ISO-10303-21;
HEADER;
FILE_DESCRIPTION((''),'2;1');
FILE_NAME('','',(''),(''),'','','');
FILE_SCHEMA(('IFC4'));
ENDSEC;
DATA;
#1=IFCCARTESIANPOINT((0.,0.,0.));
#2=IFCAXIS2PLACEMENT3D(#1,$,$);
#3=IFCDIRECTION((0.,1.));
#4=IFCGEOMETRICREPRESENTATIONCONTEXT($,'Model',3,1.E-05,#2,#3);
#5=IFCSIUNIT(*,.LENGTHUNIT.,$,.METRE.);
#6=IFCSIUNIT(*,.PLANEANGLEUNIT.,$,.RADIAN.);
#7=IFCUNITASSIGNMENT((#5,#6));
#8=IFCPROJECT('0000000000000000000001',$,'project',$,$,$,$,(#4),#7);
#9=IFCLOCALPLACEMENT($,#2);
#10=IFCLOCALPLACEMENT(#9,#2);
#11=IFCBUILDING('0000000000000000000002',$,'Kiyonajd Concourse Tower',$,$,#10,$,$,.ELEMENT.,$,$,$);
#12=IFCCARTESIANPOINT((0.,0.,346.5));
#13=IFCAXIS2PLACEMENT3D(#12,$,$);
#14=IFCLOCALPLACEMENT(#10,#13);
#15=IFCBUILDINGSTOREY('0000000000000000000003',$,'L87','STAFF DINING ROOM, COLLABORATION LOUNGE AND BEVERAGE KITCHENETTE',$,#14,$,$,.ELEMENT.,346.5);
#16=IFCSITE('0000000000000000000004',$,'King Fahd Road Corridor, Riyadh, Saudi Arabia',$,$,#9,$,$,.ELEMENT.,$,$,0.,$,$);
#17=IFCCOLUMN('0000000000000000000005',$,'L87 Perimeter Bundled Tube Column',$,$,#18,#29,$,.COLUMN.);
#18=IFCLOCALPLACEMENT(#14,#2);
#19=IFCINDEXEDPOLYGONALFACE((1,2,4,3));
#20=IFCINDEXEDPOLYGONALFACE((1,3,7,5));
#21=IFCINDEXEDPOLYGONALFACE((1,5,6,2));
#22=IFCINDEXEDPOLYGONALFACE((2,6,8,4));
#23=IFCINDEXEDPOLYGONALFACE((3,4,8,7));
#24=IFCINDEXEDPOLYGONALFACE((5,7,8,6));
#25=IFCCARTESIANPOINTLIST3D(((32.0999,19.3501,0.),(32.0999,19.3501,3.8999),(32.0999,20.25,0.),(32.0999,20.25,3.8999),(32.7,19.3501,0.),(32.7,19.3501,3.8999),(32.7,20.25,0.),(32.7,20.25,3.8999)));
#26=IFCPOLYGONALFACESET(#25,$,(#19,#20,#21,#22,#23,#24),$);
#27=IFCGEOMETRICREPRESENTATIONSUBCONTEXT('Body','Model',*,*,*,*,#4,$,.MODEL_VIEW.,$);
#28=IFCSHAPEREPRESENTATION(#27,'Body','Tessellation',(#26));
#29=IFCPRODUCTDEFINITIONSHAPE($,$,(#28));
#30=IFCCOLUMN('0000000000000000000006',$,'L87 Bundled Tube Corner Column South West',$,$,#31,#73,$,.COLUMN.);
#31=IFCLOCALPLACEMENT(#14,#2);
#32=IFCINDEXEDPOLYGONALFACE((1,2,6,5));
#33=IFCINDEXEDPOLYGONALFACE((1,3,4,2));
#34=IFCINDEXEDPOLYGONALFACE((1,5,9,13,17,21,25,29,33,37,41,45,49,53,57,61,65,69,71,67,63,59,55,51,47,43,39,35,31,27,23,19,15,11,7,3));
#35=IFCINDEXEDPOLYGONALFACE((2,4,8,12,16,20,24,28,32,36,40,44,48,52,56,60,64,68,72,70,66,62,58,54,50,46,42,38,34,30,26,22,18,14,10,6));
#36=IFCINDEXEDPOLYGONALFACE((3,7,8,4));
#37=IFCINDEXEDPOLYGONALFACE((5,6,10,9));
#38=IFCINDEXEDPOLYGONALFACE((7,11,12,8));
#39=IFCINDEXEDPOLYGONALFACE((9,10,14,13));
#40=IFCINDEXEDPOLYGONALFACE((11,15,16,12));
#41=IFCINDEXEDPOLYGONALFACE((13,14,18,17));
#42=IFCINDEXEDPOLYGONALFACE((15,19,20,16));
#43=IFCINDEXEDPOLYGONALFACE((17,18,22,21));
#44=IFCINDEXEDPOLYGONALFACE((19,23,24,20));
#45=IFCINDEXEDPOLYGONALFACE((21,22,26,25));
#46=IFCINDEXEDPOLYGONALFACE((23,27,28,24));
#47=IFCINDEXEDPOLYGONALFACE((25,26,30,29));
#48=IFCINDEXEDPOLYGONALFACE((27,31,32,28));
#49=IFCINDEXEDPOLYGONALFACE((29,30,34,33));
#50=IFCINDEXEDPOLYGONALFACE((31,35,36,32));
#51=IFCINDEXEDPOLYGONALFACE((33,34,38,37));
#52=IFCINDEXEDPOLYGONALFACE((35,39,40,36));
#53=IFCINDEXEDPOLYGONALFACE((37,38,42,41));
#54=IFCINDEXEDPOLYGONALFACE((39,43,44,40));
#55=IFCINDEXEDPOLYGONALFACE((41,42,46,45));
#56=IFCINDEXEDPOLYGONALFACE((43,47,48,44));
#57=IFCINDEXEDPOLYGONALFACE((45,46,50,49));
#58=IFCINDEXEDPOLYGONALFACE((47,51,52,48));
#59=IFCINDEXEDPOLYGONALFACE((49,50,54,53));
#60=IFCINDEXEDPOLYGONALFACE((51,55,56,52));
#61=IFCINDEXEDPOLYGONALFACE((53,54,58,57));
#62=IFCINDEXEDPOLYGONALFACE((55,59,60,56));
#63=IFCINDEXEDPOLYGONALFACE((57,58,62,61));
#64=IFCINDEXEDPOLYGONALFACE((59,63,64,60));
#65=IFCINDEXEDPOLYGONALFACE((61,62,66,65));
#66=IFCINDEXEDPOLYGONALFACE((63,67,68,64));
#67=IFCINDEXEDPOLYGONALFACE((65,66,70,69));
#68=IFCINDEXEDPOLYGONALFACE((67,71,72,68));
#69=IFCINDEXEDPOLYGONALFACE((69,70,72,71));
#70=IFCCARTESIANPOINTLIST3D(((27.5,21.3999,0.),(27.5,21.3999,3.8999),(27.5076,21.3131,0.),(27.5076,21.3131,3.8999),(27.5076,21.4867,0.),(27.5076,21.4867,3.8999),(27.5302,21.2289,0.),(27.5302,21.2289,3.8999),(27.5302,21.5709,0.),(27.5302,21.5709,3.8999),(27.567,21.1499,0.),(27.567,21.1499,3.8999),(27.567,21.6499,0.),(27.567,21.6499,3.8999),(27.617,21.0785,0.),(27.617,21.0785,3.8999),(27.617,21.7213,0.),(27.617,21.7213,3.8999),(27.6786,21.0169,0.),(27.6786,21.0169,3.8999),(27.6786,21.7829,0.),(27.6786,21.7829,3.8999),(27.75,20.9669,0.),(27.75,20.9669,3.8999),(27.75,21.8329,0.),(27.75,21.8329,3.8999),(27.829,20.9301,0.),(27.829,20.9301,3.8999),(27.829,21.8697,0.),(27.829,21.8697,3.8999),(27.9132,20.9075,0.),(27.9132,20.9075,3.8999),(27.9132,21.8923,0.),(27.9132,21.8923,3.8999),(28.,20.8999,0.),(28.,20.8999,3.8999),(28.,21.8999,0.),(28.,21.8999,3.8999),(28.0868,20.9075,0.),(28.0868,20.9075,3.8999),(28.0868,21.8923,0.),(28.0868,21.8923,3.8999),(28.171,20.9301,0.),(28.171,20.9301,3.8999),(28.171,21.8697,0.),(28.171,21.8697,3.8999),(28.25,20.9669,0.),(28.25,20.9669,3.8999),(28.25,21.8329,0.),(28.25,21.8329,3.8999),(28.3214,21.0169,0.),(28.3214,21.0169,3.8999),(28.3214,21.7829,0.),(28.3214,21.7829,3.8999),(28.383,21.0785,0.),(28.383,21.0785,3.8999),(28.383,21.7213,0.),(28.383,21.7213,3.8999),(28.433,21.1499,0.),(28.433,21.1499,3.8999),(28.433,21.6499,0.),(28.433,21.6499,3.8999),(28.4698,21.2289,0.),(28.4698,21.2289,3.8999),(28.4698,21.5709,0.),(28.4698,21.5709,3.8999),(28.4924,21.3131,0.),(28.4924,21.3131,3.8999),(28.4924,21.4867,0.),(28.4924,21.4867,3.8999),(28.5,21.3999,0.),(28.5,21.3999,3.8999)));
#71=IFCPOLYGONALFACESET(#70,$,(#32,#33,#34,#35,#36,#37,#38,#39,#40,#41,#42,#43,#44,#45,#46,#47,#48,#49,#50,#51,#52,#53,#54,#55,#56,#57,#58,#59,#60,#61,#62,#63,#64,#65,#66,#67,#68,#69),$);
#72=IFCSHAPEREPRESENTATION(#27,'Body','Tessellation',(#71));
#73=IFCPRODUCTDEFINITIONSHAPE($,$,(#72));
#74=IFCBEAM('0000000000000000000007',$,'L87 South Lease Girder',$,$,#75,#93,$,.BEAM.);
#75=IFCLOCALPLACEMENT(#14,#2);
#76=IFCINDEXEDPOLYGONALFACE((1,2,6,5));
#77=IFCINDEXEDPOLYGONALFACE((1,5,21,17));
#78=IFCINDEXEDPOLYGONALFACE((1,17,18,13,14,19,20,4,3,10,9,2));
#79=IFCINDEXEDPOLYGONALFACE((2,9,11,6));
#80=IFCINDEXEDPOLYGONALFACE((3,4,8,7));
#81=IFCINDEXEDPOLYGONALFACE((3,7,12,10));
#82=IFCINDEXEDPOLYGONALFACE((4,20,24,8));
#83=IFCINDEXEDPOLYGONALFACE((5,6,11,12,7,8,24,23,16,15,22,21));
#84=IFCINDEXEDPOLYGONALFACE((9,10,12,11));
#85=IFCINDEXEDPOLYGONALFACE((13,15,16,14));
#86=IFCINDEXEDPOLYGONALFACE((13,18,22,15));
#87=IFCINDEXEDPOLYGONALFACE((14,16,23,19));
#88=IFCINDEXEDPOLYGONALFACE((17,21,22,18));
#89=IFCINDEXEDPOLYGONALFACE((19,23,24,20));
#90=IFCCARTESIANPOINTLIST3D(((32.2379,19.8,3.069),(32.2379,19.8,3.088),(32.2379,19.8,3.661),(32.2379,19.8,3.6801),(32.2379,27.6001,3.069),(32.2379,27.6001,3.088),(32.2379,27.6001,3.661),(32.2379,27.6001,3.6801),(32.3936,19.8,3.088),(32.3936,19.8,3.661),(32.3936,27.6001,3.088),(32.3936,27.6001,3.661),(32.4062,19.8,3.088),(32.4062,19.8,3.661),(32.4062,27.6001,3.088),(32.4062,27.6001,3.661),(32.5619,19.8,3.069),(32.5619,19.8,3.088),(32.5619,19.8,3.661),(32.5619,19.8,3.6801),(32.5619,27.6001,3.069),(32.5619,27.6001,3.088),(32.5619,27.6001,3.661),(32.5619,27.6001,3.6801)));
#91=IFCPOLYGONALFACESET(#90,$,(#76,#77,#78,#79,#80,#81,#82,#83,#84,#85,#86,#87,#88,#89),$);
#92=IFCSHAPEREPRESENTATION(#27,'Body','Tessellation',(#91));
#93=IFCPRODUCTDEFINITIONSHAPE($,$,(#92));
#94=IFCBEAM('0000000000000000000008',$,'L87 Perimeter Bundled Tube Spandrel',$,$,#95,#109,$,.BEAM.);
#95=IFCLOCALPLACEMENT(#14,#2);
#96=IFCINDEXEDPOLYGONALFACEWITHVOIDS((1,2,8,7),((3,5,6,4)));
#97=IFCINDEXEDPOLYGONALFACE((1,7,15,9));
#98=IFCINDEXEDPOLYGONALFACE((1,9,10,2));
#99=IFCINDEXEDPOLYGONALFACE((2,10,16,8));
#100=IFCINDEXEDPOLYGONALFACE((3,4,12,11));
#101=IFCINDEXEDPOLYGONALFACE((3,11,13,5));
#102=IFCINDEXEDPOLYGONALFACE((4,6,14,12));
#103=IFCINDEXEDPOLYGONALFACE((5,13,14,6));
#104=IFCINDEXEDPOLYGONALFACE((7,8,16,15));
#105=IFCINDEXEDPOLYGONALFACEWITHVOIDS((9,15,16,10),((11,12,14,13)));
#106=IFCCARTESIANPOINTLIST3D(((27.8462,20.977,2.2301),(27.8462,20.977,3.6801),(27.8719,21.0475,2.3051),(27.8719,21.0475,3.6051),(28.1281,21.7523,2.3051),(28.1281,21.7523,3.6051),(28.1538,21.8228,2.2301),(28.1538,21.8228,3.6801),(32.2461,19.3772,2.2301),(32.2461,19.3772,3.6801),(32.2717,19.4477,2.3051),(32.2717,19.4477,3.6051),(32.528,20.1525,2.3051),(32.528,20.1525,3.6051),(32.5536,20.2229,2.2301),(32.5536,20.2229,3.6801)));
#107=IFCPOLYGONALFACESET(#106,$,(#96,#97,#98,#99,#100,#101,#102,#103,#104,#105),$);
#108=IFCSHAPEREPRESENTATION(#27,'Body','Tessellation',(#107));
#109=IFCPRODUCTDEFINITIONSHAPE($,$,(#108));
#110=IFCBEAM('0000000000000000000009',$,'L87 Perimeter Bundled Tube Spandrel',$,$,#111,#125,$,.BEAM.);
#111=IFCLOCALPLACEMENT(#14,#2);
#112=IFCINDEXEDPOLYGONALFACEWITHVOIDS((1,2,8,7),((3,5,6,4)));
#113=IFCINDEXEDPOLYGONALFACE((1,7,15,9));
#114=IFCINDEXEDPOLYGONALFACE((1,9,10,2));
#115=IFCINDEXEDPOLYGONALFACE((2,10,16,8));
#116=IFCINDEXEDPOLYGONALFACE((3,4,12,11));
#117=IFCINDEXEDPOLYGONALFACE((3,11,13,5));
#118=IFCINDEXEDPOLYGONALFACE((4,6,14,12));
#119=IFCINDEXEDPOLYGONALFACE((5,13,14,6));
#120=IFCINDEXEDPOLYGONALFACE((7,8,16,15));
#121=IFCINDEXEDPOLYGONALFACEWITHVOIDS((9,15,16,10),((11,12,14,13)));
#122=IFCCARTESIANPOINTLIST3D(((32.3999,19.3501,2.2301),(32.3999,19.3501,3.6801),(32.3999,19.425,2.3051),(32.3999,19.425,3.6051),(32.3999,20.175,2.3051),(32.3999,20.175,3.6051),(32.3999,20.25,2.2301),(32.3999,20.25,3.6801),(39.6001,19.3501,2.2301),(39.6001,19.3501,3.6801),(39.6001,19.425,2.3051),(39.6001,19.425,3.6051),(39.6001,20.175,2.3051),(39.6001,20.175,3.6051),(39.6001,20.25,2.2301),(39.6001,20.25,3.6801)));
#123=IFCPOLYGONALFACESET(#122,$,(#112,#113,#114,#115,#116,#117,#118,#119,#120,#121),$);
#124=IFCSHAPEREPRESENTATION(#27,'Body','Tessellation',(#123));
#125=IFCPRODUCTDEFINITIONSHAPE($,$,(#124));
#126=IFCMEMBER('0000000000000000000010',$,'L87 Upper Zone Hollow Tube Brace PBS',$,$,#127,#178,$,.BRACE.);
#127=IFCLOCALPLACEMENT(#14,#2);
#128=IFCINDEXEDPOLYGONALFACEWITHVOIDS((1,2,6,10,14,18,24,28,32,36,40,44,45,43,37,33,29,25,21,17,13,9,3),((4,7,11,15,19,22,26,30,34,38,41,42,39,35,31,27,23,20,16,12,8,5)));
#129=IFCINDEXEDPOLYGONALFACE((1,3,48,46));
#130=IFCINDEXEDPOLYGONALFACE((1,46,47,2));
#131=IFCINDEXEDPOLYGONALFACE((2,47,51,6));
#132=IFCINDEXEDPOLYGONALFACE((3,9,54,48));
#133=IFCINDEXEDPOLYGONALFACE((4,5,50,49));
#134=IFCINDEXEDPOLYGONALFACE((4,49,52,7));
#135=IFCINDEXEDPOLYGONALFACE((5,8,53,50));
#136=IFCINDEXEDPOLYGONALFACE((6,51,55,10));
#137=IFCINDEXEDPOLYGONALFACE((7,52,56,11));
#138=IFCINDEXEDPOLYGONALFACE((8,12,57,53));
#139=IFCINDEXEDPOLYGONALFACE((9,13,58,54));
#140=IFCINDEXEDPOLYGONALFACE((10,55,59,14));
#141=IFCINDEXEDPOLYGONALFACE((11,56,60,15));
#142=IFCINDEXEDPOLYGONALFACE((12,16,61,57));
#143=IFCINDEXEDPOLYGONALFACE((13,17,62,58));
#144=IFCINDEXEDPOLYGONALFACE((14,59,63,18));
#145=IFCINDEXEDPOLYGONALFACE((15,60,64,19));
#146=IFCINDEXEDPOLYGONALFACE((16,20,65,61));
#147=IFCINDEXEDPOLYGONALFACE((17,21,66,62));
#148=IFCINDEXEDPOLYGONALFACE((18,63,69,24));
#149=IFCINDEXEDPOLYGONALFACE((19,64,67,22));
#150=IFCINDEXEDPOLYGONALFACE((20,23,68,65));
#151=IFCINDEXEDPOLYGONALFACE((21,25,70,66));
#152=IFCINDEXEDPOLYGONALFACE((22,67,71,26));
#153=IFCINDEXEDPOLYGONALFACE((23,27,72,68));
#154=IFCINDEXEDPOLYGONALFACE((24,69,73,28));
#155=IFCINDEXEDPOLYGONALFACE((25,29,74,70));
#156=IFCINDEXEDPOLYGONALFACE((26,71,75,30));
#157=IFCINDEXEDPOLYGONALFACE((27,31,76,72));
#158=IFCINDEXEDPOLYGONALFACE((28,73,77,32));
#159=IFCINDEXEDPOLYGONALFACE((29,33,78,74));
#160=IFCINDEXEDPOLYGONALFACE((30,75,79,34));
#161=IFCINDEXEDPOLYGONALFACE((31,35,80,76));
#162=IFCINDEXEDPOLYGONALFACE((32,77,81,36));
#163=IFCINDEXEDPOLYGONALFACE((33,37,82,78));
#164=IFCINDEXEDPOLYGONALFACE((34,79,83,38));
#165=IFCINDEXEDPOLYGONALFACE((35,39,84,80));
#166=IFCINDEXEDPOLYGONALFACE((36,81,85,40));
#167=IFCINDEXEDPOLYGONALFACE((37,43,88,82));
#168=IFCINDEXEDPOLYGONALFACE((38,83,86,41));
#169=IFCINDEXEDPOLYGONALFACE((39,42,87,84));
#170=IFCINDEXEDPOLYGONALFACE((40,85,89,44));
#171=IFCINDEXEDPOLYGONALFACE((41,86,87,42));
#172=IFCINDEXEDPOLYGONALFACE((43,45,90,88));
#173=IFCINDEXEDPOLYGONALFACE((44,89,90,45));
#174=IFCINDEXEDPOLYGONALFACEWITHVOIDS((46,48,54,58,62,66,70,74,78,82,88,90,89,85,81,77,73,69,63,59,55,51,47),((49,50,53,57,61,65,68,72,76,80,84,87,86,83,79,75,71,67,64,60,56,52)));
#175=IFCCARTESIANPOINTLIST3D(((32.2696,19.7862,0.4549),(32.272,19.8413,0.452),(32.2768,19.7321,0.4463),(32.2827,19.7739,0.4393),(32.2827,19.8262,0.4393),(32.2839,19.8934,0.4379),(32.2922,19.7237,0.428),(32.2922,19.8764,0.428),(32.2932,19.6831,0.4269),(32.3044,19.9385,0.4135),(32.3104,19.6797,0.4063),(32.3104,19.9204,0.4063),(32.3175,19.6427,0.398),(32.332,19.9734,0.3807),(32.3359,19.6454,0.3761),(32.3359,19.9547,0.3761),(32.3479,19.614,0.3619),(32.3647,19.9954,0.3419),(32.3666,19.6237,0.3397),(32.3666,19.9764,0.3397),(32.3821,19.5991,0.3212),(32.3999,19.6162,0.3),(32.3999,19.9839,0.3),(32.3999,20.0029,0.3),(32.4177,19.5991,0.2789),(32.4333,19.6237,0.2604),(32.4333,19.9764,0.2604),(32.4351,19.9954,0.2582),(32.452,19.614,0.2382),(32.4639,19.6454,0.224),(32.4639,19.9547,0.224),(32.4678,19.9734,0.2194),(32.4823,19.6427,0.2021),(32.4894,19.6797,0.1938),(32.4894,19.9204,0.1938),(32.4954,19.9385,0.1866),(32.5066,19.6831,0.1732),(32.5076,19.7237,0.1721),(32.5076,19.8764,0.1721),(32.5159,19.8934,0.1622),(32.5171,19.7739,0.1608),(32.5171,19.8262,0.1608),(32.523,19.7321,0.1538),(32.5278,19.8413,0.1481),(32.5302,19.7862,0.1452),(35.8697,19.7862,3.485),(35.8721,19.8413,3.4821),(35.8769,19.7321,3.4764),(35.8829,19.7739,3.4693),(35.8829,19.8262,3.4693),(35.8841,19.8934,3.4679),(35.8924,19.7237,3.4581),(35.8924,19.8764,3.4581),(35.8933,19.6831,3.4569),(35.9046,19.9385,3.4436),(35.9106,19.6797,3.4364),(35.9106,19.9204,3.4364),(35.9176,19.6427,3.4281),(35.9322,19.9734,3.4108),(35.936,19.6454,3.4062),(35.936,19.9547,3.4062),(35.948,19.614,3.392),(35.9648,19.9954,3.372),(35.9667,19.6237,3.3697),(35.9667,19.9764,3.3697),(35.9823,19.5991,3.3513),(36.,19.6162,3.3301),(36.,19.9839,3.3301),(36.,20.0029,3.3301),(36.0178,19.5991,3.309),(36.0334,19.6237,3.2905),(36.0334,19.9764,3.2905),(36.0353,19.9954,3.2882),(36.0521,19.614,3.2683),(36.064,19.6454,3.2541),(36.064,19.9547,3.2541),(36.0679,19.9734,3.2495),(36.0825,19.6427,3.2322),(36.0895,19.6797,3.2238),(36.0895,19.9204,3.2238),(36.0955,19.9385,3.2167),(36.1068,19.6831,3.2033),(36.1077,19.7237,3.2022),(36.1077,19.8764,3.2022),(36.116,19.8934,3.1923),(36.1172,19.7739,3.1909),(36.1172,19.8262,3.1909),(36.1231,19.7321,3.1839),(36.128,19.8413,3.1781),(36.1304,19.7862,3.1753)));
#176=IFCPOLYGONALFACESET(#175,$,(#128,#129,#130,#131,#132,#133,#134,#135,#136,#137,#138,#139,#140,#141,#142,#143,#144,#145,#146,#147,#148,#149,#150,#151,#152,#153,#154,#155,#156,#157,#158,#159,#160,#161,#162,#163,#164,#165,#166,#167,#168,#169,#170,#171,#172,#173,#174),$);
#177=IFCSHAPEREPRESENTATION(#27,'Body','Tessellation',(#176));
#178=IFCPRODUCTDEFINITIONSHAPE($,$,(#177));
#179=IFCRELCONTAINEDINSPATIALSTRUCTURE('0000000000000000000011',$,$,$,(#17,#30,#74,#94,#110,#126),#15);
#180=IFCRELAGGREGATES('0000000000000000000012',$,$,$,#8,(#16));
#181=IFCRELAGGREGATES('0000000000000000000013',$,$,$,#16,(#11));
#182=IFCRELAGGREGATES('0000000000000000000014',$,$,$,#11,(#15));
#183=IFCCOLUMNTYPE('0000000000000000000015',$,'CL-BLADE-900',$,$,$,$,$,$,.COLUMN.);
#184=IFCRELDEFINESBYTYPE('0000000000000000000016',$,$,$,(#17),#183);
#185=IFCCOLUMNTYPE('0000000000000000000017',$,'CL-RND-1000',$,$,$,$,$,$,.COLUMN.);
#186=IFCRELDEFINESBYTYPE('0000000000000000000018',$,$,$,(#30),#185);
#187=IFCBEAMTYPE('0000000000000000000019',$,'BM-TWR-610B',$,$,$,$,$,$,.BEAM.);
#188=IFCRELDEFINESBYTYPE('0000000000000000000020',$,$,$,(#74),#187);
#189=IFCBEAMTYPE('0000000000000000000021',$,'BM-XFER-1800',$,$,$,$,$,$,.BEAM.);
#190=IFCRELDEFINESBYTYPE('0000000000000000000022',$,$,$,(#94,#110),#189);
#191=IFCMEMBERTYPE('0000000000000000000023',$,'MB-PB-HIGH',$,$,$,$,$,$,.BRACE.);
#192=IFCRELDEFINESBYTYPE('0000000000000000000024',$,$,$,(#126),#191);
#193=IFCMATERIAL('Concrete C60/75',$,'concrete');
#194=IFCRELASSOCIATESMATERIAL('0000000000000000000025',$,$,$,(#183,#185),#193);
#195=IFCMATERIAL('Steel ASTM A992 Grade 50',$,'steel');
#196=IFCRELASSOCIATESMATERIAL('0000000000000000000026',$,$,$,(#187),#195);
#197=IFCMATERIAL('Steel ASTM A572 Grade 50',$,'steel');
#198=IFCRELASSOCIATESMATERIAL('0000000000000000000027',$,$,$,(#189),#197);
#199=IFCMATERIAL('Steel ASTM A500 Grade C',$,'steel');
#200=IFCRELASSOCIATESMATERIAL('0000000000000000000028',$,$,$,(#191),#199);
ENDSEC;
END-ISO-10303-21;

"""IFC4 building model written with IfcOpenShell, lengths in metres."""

from ifc_helpers import new_model, si_unit, direction, frame, origin, origin_2d, place, context, subcontext, project, spatial, rectangle, hollow_rectangle, circle, hollow_circle, i_section, extrude, material, material_profile, profile_set, type_object, element, save


model = new_model("IFC4")

# Units and contexts
model_context = context("Model", 3, precision=1e-05, world=origin(), true_north=direction((0.0, 1.0)))
body_context = subcontext(model_context, "Body", "Model", "MODEL_VIEW")
ifc_project = project(units=[si_unit("LENGTHUNIT", "METRE"), si_unit("PLANEANGLEUNIT", "RADIAN")], contexts=[model_context])

# Site, building, storey
site_placement = place(None, origin())
site = spatial("IfcSite", under=ifc_project, at=site_placement, Name="King Fahd Road Corridor, Riyadh, Saudi Arabia", CompositionType="ELEMENT", RefElevation=0.0)
building_placement = place(site_placement, origin())
building = spatial("IfcBuilding", under=site, at=building_placement, Name="Kiyonajd Concourse Tower", CompositionType="ELEMENT")
storey_placement = place(building_placement, frame((0.0, 0.0, 346.5)))
storey = spatial("IfcBuildingStorey", under=building, at=storey_placement, Name="L87", Description="STAFF DINING ROOM, COLLABORATION LOUNGE AND BEVERAGE KITCHENETTE", CompositionType="ELEMENT", Elevation=346.5)

# Columns
ifc_material_1 = material(Name="Concrete C60/75", Category="concrete")
ifc_material_profile_1 = material_profile(ifc_material_1, rectangle(XDim=0.6001, YDim=0.8999, at=origin_2d()), Name="RC-900x600")
ifc_profile_set_1 = profile_set([ifc_material_profile_1], Name="Concrete C60/75")
column_type_1 = type_object("IfcColumnType", Name="CL-BLADE-900", PredefinedType="COLUMN", material=ifc_profile_set_1)
column_1_placement = place(storey_placement, frame((32.3999, 19.8, 0.0), z_axis=(0.0, 0.0, 1.0), x_axis=(1.0, 0.0, 0.0)))
element("IfcColumn", 1, at=column_1_placement, inside=storey, type_object=column_type_1, Name="L87 Perimeter Bundled Tube Column", PredefinedType="COLUMN", context=body_context, shape_type="SweptSolid", body=[
    extrude(rectangle(XDim=0.6001, YDim=0.8999, at=origin_2d()), origin(), (0.0, 0.0, 1.0), 3.8999),
])
ifc_material_profile_2 = material_profile(ifc_material_1, circle(Radius=0.5, at=origin_2d()), Name="RCC-D1000")
ifc_profile_set_2 = profile_set([ifc_material_profile_2], Name="Concrete C60/75")
column_type_2 = type_object("IfcColumnType", Name="CL-RND-1000", PredefinedType="COLUMN", material=ifc_profile_set_2)
column_2_placement = place(storey_placement, frame((28.0, 21.3999, 0.0), z_axis=(0.0, 0.0, 1.0), x_axis=(1.0, 0.0, 0.0)))
element("IfcColumn", 2, at=column_2_placement, inside=storey, type_object=column_type_2, Name="L87 Bundled Tube Corner Column South West", PredefinedType="COLUMN", context=body_context, shape_type="SweptSolid", body=[
    extrude(circle(Radius=0.5, at=origin_2d()), origin(), (0.0, 0.0, 1.0), 3.8999),
])

# Beams
ifc_material_2 = material(Name="Steel ASTM A992 Grade 50", Category="steel")
ifc_material_profile_3 = material_profile(ifc_material_2, i_section(OverallWidth=0.324, OverallDepth=0.6111, WebThickness=0.0127, FlangeThickness=0.019, at=origin_2d()), Name="W610X155")
ifc_profile_set_3 = profile_set([ifc_material_profile_3], Name="Steel ASTM A992 Grade 50")
beam_type_1 = type_object("IfcBeamType", Name="BM-TWR-610B", PredefinedType="BEAM", material=ifc_profile_set_3)
beam_1_placement = place(storey_placement, frame((32.3999, 19.8, 3.3745), z_axis=(0.0, 1.0, 0.0), x_axis=(-1.0, 0.0, 0.0)))
element("IfcBeam", 3, at=beam_1_placement, inside=storey, type_object=beam_type_1, Name="L87 South Lease Girder", PredefinedType="BEAM", context=body_context, shape_type="SweptSolid", body=[
    extrude(i_section(OverallWidth=0.324, OverallDepth=0.6111, WebThickness=0.0127, FlangeThickness=0.019, at=origin_2d()), origin(), (0.0, 0.0, 1.0), 7.8),
])
ifc_material_3 = material(Name="Steel ASTM A572 Grade 50", Category="steel")
ifc_material_profile_4 = material_profile(ifc_material_3, hollow_rectangle(XDim=0.8999, YDim=1.45, WallThickness=0.075, at=origin_2d()), Name="BOX-1450x900x75")
ifc_profile_set_4 = profile_set([ifc_material_profile_4], Name="Steel ASTM A572 Grade 50")
beam_type_2 = type_object("IfcBeamType", Name="BM-XFER-1800", PredefinedType="BEAM", material=ifc_profile_set_4)
beam_2_placement = place(storey_placement, frame((28.0, 21.3999, 2.9551), z_axis=(0.939801, -0.341722, 0.0), x_axis=(0.341722, 0.939801, 0.0)))
element("IfcBeam", 4, at=beam_2_placement, inside=storey, type_object=beam_type_2, Name="L87 Perimeter Bundled Tube Spandrel", PredefinedType="BEAM", context=body_context, shape_type="SweptSolid", body=[
    extrude(hollow_rectangle(XDim=0.8999, YDim=1.45, WallThickness=0.075, at=origin_2d()), origin(), (0.0, 0.0, 1.0), 4.6816),
])
beam_3_placement = place(storey_placement, frame((32.3999, 19.8, 2.9551), z_axis=(1.0, 0.0, 0.0), x_axis=(0.0, 1.0, 0.0)))
element("IfcBeam", 5, at=beam_3_placement, inside=storey, type_object=beam_type_2, Name="L87 Perimeter Bundled Tube Spandrel", PredefinedType="BEAM", context=body_context, shape_type="SweptSolid", body=[
    extrude(hollow_rectangle(XDim=0.8999, YDim=1.45, WallThickness=0.075, at=origin_2d()), origin(), (0.0, 0.0, 1.0), 7.2002),
])

# Member
ifc_material_4 = material(Name="Steel ASTM A500 Grade C", Category="steel")
ifc_material_profile_5 = material_profile(ifc_material_4, hollow_circle(Radius=0.2029, WallThickness=0.019, at=origin_2d()), Name="CHS-406x19")
ifc_profile_set_5 = profile_set([ifc_material_profile_5], Name="Steel ASTM A500 Grade C")
member_type = type_object("IfcMemberType", Name="MB-PB-HIGH", PredefinedType="BRACE", material=ifc_profile_set_5)
member_placement = place(storey_placement, frame((32.3999, 19.8, 0.3), z_axis=(0.765082, 0.0, 0.643933), x_axis=(0.0, 1.0, 0.0)))
element("IfcMember", 6, at=member_placement, inside=storey, type_object=member_type, Name="L87 Upper Zone Hollow Tube Brace PBS", PredefinedType="BRACE", context=body_context, shape_type="SweptSolid", body=[
    extrude(hollow_circle(Radius=0.2029, WallThickness=0.019, at=origin_2d()), origin(), (0.0, 0.0, 1.0), 4.7056),
])

save(model, "model.ifc")
